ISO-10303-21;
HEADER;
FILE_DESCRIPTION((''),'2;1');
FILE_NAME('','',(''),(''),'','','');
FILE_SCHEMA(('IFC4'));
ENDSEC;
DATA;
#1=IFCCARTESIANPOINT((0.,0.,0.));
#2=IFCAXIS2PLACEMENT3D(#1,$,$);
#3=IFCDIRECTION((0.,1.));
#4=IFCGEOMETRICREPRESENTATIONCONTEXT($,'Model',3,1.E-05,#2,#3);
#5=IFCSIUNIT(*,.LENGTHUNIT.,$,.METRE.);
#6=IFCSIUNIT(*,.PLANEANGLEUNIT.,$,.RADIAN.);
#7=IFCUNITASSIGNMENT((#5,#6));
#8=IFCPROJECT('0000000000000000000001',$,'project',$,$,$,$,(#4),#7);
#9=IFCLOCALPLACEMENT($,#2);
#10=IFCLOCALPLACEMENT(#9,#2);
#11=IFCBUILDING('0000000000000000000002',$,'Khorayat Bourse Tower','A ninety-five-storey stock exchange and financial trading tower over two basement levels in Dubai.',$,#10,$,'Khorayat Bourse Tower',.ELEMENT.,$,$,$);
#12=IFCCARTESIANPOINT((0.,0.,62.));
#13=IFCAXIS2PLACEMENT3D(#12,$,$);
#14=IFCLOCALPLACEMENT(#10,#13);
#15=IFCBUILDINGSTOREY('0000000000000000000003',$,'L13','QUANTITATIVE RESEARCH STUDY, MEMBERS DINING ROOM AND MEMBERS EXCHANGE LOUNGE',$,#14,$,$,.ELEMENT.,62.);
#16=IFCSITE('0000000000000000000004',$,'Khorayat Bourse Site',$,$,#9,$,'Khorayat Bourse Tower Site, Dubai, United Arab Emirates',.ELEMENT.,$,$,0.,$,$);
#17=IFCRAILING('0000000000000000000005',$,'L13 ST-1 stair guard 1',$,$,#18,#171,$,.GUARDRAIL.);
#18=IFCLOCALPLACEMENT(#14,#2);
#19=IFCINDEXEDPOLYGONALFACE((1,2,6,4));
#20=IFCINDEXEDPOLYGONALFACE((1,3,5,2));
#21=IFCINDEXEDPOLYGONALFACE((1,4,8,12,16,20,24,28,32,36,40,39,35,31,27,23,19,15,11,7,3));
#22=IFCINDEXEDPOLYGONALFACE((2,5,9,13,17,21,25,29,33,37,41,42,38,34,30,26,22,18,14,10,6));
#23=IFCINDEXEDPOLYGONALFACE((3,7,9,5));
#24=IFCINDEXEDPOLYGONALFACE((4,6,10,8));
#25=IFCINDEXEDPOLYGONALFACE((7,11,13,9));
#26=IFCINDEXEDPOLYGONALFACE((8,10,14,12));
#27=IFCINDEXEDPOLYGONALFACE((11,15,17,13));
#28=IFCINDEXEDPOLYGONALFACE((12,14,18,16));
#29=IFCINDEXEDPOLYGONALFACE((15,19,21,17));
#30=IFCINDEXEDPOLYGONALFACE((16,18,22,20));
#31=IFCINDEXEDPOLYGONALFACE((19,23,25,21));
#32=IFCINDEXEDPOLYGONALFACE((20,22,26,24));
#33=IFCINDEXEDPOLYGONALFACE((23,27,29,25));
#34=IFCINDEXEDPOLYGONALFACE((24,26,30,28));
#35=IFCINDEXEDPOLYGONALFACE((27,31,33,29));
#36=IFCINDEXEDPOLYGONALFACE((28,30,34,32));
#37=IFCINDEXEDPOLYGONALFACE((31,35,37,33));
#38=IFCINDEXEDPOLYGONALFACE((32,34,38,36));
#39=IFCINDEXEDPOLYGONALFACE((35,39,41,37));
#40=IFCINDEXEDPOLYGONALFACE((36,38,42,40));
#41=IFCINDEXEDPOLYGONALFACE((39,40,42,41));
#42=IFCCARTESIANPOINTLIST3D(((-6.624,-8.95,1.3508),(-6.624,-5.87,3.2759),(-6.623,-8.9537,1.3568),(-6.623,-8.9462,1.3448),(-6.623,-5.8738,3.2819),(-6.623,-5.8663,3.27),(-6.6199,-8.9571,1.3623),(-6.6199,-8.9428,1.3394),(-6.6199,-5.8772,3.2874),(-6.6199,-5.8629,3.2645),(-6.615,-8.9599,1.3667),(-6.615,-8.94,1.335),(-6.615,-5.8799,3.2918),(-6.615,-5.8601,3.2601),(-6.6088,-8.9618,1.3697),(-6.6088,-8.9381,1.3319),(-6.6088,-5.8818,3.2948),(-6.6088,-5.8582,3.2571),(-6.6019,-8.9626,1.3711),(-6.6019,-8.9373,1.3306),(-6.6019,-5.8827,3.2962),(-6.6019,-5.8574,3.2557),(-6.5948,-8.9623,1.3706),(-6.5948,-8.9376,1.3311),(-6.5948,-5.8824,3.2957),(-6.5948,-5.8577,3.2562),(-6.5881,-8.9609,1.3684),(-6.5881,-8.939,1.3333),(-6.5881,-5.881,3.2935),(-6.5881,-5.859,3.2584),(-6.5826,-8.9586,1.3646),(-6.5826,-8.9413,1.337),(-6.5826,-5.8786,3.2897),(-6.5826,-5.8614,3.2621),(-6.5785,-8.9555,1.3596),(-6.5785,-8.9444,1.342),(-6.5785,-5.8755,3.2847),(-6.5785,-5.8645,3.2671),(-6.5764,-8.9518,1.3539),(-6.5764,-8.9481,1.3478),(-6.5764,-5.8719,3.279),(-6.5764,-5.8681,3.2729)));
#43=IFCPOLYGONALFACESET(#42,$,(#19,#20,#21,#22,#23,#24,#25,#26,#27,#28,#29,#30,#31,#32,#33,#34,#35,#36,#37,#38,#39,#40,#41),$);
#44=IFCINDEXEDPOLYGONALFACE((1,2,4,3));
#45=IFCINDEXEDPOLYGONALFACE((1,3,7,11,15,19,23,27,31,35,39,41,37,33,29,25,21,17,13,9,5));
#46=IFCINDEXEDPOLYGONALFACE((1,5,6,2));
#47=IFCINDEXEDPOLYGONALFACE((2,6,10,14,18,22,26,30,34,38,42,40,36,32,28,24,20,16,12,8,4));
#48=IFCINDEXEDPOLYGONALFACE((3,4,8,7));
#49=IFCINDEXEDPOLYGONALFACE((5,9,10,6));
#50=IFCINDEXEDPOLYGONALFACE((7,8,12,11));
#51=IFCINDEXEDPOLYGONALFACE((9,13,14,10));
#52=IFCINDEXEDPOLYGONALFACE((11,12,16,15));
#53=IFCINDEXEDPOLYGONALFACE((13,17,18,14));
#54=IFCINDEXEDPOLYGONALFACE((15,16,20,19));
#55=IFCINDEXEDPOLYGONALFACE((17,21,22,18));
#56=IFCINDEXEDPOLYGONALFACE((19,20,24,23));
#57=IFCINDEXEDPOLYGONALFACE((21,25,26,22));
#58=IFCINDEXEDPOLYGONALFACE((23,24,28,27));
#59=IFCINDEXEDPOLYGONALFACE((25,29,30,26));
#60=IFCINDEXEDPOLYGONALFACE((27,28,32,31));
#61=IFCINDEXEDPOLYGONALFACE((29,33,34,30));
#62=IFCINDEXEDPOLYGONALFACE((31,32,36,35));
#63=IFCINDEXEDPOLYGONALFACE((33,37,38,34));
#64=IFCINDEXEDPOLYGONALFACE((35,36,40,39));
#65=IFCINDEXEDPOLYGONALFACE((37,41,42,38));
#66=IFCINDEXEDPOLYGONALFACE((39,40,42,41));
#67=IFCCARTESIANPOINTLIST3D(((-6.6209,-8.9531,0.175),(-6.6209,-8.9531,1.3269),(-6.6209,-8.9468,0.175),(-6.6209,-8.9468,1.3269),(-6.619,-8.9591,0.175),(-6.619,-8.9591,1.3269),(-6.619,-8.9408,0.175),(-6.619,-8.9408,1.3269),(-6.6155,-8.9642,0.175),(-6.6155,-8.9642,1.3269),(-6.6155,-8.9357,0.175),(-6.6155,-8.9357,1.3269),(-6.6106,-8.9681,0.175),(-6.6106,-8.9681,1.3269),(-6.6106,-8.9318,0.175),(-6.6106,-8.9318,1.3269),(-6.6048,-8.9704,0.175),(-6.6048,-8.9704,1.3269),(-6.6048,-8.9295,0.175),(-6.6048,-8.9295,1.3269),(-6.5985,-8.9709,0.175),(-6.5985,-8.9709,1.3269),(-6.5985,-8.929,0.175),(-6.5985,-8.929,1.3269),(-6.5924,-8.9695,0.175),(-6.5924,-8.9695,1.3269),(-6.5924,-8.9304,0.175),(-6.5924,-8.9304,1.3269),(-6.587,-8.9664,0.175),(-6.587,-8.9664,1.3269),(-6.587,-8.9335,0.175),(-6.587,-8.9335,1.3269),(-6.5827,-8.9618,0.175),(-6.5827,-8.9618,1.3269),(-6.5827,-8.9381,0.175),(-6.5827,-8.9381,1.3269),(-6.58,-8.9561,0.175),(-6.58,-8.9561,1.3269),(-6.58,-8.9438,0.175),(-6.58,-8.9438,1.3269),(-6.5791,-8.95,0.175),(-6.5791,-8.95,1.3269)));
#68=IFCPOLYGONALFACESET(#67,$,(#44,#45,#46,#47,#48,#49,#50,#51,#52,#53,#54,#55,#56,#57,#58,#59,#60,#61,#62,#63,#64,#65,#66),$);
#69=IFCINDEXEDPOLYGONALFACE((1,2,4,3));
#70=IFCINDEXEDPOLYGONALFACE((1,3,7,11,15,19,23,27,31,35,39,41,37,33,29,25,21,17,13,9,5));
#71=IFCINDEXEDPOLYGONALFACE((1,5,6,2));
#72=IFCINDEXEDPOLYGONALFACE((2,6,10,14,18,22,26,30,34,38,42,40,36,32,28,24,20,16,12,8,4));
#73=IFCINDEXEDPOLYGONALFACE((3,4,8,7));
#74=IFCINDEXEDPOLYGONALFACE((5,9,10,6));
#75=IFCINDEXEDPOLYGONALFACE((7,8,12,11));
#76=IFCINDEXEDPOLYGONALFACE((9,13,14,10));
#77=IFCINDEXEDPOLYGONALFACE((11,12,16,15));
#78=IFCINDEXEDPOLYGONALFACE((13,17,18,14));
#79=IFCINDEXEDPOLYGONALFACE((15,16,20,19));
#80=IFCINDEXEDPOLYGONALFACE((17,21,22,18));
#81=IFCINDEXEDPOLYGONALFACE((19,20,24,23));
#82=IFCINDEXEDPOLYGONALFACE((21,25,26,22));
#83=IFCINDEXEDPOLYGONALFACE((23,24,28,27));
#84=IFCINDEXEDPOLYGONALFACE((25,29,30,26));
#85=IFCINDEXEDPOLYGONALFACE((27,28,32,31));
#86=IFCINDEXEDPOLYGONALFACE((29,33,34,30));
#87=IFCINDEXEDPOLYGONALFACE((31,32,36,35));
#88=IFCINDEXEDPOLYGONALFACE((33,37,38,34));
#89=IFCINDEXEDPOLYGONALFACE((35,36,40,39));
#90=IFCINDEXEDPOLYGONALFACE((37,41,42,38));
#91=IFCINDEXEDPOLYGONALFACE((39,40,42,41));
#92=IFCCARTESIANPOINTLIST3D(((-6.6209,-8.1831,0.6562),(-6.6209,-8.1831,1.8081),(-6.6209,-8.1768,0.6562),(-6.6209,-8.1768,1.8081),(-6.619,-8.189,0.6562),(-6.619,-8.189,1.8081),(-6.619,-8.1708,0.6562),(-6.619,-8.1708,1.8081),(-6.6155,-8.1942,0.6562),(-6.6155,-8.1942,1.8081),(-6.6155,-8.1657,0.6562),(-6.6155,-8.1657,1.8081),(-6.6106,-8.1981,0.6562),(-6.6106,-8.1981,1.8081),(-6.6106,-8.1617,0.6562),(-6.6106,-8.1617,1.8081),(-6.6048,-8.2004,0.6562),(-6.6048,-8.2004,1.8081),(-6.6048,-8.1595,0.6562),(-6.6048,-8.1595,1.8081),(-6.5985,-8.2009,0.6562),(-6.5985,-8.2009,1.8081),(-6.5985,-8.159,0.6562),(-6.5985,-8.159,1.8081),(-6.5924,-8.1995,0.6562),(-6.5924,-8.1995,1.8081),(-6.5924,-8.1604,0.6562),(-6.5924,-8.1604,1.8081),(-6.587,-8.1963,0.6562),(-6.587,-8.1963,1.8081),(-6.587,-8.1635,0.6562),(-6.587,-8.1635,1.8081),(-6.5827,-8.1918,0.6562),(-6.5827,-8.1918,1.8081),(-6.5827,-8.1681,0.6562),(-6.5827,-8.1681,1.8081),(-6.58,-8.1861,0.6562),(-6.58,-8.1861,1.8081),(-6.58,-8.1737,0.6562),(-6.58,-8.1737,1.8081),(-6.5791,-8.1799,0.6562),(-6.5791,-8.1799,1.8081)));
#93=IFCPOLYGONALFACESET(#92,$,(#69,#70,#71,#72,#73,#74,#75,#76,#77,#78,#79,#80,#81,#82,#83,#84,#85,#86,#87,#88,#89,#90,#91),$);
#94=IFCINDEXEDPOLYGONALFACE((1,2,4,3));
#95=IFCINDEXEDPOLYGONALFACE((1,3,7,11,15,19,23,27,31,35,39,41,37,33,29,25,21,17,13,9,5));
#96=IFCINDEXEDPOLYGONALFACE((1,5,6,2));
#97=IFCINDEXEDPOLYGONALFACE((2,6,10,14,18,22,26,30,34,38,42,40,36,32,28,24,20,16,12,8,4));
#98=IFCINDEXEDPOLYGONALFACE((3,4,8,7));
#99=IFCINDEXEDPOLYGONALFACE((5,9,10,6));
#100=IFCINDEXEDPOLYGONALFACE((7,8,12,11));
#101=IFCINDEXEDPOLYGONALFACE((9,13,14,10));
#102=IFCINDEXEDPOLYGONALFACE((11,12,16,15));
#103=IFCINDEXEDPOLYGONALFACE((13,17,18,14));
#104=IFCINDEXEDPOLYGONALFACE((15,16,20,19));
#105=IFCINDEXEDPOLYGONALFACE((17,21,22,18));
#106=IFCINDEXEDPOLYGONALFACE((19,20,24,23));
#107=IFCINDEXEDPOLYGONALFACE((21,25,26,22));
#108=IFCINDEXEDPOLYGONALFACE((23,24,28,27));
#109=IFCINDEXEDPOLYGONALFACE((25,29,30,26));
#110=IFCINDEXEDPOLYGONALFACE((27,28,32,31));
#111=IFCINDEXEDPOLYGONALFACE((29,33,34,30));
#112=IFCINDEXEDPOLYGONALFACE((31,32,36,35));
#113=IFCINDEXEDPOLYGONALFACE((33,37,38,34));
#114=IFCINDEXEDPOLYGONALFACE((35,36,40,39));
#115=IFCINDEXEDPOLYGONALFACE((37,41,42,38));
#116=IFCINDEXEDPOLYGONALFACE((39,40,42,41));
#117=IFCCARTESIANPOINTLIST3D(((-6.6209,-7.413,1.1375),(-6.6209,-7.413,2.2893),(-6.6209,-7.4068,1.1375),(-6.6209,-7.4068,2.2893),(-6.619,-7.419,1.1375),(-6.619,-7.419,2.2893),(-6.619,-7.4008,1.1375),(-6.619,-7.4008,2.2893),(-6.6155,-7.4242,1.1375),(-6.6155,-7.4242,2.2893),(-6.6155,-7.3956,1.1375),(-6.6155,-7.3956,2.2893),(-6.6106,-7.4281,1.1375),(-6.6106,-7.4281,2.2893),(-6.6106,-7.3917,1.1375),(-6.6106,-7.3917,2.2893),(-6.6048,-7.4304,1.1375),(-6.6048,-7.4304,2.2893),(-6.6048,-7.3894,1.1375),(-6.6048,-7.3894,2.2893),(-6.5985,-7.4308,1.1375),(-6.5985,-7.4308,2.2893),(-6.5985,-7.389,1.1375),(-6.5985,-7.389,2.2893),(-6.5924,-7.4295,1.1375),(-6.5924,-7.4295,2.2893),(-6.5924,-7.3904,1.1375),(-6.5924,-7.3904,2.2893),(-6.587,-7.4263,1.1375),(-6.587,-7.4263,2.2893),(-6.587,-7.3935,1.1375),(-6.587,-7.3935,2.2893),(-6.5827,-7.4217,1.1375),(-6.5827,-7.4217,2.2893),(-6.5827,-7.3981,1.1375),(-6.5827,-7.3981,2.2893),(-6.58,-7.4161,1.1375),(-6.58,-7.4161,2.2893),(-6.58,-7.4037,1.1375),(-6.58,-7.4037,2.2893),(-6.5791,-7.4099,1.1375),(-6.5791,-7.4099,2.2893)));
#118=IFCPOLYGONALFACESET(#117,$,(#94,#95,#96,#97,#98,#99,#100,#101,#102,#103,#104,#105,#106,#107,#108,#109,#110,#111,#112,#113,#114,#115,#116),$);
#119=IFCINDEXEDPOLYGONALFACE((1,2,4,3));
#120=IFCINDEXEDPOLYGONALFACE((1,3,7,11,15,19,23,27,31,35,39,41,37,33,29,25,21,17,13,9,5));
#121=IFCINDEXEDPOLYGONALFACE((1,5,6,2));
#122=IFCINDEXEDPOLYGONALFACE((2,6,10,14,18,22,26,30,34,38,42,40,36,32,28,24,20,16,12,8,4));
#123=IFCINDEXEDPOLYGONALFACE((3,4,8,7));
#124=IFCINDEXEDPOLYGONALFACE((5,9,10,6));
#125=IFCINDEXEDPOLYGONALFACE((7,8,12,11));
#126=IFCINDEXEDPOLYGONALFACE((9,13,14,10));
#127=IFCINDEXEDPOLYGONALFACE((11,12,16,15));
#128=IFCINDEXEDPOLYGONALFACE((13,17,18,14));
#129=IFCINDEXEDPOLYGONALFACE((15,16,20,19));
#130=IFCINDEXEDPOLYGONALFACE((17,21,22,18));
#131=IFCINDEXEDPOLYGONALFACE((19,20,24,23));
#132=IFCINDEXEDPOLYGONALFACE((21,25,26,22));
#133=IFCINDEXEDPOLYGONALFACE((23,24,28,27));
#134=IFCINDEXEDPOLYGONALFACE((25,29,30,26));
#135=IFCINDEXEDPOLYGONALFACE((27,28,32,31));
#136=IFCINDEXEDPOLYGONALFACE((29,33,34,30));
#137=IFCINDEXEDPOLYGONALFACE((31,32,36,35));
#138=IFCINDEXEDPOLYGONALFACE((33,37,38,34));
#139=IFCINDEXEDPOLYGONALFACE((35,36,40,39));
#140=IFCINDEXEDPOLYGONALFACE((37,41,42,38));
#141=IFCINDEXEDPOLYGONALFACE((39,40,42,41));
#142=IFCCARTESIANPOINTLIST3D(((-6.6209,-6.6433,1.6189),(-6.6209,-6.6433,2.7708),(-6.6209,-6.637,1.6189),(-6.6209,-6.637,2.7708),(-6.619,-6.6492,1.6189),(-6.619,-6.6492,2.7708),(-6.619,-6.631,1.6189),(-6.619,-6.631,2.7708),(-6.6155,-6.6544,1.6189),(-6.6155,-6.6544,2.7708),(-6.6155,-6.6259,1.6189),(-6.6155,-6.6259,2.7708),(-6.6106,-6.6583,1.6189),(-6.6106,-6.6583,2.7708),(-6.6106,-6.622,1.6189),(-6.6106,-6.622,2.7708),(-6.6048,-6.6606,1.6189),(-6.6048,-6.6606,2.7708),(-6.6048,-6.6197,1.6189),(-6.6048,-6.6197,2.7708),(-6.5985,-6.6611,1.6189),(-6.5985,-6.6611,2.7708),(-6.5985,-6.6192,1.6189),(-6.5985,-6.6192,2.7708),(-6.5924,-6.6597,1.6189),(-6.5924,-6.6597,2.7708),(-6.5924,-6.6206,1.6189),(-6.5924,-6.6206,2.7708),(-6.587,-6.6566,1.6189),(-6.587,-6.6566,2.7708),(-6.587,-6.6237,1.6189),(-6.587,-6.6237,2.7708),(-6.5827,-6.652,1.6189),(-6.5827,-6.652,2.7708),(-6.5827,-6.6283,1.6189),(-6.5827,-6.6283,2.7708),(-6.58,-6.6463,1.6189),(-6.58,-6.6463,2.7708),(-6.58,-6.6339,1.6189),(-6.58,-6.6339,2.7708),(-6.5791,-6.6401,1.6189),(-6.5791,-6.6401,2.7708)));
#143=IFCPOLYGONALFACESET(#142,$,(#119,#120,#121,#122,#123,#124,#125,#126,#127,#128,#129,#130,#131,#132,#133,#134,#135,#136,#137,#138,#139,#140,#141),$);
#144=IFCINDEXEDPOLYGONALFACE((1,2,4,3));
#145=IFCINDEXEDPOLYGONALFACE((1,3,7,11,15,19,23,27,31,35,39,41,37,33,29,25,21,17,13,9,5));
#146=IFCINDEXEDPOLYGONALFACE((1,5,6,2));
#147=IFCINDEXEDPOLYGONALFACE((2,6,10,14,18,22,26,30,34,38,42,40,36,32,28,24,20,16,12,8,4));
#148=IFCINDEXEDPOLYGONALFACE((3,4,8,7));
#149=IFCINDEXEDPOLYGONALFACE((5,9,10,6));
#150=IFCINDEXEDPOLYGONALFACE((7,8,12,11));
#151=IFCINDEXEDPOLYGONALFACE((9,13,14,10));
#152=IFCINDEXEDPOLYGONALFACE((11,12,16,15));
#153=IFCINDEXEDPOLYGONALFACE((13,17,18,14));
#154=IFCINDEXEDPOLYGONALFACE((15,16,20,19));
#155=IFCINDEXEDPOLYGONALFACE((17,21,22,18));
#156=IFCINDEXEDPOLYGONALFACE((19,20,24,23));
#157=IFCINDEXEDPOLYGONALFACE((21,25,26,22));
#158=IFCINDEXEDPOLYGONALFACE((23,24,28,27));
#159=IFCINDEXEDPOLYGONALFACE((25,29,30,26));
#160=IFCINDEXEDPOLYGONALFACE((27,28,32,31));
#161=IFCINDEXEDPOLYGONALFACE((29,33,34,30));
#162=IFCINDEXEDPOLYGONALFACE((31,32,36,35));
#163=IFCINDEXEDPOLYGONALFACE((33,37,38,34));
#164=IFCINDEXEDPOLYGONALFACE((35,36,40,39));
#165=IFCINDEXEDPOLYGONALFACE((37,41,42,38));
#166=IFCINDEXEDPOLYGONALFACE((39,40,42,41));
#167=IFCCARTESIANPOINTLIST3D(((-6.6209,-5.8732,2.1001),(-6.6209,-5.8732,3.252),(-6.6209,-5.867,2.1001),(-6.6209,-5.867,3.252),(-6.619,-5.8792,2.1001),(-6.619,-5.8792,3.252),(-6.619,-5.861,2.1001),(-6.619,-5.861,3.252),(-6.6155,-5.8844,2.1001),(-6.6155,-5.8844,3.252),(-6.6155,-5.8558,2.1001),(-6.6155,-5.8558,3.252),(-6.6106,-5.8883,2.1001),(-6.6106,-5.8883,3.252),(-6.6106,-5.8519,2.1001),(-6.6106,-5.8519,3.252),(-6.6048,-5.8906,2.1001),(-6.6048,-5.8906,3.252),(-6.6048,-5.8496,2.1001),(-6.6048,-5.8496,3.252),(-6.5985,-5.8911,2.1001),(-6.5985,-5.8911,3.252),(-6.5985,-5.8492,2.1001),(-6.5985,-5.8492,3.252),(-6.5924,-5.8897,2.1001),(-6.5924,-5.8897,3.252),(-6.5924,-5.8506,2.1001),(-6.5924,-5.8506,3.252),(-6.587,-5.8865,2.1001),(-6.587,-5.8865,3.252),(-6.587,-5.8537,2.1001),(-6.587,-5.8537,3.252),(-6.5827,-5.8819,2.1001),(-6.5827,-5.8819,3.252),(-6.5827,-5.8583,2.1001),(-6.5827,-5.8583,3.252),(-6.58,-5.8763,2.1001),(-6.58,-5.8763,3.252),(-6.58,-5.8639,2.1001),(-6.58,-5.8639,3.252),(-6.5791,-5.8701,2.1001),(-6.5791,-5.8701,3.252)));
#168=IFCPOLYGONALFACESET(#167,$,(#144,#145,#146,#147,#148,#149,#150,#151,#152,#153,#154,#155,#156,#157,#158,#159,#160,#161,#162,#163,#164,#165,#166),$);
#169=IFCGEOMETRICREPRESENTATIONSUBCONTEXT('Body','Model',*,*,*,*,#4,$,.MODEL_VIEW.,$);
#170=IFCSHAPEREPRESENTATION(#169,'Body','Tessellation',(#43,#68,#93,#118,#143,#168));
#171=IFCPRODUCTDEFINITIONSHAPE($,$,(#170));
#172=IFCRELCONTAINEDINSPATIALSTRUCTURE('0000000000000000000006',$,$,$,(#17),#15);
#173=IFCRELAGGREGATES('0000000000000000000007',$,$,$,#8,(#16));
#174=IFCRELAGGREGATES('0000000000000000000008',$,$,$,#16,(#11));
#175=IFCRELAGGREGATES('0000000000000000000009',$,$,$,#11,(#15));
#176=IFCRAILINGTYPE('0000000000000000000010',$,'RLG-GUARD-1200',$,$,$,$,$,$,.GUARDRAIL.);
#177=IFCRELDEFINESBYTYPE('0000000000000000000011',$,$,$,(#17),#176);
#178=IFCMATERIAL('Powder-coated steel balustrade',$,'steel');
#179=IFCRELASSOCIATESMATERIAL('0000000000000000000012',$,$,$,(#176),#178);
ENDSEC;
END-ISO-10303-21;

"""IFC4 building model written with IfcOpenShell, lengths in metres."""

from ifc_helpers import new_model, si_unit, direction, frame, origin, origin_2d, place, context, subcontext, project, spatial, circle, extrude, source, transform, mapped, material, type_object, element, save


model = new_model("IFC4")

# Units and contexts
model_context = context("Model", 3, precision=1e-05, world=origin(), true_north=direction((0.0, 1.0)))
body_context = subcontext(model_context, "Body", "Model", "MODEL_VIEW")
ifc_project = project(units=[si_unit("LENGTHUNIT", "METRE"), si_unit("PLANEANGLEUNIT", "RADIAN")], contexts=[model_context])

# Site, building, storey
site_placement = place(None, origin())
site = spatial("IfcSite", under=ifc_project, at=site_placement, Name="Khorayat Bourse Site", LongName="Khorayat Bourse Tower Site, Dubai, United Arab Emirates", CompositionType="ELEMENT", RefElevation=0.0)
building_placement = place(site_placement, origin())
building = spatial("IfcBuilding", under=site, at=building_placement, Name="Khorayat Bourse Tower", Description="A ninety-five-storey stock exchange and financial trading tower over two basement levels in Dubai.", LongName="Khorayat Bourse Tower", CompositionType="ELEMENT")
storey_placement = place(building_placement, frame((0.0, 0.0, 62.0)))
storey = spatial("IfcBuildingStorey", under=building, at=storey_placement, Name="L13", Description="QUANTITATIVE RESEARCH STUDY, MEMBERS DINING ROOM AND MEMBERS EXCHANGE LOUNGE", CompositionType="ELEMENT", Elevation=62.0)

# Railing
ifc_material_1 = material(Name="Powder-coated steel balustrade", Category="steel")
railing_type_1 = type_object("IfcRailingType", Name="RLG-GUARD-1200", PredefinedType="GUARDRAIL", material=ifc_material_1)
shared_shape_1 = source(origin(), body_context, "Body", "SweptSolid", [
    extrude(circle(Radius=0.0239, at=origin_2d()), frame((0.0, 0.0, 1.1758), z_axis=(0.0, 0.847979, 0.530029), x_axis=(-1.0, 0.0, 0.0)), (0.0, 0.0, 1.0), 3.6321),
    extrude(circle(Radius=0.021, at=origin_2d()), origin(), (0.0, 0.0, 1.0), 1.1519),
    extrude(circle(Radius=0.021, at=origin_2d()), frame((0.0, 0.77, 0.4812)), (0.0, 0.0, 1.0), 1.1519),
    extrude(circle(Radius=0.021, at=origin_2d()), frame((0.0, 1.54, 0.9624)), (0.0, 0.0, 1.0), 1.1519),
    extrude(circle(Radius=0.021, at=origin_2d()), frame((0.0, 2.3098, 1.4438)), (0.0, 0.0, 1.0), 1.1519),
    extrude(circle(Radius=0.021, at=origin_2d()), frame((0.0, 3.0798, 1.925)), (0.0, 0.0, 1.0), 1.1519),
])
railing_1_placement = place(storey_placement, frame((-6.6001, -8.95, 0.175)))
element("IfcRailing", 1, at=railing_1_placement, inside=storey, type_object=railing_type_1, Name="L13 ST-1 stair guard 1", PredefinedType="GUARDRAIL", context=body_context, shape_type="MappedRepresentation", body=[
    mapped(shared_shape_1, transform((0.0, 0.0, 0.0), scale=1.0)),
])

save(model, "model.ifc")
